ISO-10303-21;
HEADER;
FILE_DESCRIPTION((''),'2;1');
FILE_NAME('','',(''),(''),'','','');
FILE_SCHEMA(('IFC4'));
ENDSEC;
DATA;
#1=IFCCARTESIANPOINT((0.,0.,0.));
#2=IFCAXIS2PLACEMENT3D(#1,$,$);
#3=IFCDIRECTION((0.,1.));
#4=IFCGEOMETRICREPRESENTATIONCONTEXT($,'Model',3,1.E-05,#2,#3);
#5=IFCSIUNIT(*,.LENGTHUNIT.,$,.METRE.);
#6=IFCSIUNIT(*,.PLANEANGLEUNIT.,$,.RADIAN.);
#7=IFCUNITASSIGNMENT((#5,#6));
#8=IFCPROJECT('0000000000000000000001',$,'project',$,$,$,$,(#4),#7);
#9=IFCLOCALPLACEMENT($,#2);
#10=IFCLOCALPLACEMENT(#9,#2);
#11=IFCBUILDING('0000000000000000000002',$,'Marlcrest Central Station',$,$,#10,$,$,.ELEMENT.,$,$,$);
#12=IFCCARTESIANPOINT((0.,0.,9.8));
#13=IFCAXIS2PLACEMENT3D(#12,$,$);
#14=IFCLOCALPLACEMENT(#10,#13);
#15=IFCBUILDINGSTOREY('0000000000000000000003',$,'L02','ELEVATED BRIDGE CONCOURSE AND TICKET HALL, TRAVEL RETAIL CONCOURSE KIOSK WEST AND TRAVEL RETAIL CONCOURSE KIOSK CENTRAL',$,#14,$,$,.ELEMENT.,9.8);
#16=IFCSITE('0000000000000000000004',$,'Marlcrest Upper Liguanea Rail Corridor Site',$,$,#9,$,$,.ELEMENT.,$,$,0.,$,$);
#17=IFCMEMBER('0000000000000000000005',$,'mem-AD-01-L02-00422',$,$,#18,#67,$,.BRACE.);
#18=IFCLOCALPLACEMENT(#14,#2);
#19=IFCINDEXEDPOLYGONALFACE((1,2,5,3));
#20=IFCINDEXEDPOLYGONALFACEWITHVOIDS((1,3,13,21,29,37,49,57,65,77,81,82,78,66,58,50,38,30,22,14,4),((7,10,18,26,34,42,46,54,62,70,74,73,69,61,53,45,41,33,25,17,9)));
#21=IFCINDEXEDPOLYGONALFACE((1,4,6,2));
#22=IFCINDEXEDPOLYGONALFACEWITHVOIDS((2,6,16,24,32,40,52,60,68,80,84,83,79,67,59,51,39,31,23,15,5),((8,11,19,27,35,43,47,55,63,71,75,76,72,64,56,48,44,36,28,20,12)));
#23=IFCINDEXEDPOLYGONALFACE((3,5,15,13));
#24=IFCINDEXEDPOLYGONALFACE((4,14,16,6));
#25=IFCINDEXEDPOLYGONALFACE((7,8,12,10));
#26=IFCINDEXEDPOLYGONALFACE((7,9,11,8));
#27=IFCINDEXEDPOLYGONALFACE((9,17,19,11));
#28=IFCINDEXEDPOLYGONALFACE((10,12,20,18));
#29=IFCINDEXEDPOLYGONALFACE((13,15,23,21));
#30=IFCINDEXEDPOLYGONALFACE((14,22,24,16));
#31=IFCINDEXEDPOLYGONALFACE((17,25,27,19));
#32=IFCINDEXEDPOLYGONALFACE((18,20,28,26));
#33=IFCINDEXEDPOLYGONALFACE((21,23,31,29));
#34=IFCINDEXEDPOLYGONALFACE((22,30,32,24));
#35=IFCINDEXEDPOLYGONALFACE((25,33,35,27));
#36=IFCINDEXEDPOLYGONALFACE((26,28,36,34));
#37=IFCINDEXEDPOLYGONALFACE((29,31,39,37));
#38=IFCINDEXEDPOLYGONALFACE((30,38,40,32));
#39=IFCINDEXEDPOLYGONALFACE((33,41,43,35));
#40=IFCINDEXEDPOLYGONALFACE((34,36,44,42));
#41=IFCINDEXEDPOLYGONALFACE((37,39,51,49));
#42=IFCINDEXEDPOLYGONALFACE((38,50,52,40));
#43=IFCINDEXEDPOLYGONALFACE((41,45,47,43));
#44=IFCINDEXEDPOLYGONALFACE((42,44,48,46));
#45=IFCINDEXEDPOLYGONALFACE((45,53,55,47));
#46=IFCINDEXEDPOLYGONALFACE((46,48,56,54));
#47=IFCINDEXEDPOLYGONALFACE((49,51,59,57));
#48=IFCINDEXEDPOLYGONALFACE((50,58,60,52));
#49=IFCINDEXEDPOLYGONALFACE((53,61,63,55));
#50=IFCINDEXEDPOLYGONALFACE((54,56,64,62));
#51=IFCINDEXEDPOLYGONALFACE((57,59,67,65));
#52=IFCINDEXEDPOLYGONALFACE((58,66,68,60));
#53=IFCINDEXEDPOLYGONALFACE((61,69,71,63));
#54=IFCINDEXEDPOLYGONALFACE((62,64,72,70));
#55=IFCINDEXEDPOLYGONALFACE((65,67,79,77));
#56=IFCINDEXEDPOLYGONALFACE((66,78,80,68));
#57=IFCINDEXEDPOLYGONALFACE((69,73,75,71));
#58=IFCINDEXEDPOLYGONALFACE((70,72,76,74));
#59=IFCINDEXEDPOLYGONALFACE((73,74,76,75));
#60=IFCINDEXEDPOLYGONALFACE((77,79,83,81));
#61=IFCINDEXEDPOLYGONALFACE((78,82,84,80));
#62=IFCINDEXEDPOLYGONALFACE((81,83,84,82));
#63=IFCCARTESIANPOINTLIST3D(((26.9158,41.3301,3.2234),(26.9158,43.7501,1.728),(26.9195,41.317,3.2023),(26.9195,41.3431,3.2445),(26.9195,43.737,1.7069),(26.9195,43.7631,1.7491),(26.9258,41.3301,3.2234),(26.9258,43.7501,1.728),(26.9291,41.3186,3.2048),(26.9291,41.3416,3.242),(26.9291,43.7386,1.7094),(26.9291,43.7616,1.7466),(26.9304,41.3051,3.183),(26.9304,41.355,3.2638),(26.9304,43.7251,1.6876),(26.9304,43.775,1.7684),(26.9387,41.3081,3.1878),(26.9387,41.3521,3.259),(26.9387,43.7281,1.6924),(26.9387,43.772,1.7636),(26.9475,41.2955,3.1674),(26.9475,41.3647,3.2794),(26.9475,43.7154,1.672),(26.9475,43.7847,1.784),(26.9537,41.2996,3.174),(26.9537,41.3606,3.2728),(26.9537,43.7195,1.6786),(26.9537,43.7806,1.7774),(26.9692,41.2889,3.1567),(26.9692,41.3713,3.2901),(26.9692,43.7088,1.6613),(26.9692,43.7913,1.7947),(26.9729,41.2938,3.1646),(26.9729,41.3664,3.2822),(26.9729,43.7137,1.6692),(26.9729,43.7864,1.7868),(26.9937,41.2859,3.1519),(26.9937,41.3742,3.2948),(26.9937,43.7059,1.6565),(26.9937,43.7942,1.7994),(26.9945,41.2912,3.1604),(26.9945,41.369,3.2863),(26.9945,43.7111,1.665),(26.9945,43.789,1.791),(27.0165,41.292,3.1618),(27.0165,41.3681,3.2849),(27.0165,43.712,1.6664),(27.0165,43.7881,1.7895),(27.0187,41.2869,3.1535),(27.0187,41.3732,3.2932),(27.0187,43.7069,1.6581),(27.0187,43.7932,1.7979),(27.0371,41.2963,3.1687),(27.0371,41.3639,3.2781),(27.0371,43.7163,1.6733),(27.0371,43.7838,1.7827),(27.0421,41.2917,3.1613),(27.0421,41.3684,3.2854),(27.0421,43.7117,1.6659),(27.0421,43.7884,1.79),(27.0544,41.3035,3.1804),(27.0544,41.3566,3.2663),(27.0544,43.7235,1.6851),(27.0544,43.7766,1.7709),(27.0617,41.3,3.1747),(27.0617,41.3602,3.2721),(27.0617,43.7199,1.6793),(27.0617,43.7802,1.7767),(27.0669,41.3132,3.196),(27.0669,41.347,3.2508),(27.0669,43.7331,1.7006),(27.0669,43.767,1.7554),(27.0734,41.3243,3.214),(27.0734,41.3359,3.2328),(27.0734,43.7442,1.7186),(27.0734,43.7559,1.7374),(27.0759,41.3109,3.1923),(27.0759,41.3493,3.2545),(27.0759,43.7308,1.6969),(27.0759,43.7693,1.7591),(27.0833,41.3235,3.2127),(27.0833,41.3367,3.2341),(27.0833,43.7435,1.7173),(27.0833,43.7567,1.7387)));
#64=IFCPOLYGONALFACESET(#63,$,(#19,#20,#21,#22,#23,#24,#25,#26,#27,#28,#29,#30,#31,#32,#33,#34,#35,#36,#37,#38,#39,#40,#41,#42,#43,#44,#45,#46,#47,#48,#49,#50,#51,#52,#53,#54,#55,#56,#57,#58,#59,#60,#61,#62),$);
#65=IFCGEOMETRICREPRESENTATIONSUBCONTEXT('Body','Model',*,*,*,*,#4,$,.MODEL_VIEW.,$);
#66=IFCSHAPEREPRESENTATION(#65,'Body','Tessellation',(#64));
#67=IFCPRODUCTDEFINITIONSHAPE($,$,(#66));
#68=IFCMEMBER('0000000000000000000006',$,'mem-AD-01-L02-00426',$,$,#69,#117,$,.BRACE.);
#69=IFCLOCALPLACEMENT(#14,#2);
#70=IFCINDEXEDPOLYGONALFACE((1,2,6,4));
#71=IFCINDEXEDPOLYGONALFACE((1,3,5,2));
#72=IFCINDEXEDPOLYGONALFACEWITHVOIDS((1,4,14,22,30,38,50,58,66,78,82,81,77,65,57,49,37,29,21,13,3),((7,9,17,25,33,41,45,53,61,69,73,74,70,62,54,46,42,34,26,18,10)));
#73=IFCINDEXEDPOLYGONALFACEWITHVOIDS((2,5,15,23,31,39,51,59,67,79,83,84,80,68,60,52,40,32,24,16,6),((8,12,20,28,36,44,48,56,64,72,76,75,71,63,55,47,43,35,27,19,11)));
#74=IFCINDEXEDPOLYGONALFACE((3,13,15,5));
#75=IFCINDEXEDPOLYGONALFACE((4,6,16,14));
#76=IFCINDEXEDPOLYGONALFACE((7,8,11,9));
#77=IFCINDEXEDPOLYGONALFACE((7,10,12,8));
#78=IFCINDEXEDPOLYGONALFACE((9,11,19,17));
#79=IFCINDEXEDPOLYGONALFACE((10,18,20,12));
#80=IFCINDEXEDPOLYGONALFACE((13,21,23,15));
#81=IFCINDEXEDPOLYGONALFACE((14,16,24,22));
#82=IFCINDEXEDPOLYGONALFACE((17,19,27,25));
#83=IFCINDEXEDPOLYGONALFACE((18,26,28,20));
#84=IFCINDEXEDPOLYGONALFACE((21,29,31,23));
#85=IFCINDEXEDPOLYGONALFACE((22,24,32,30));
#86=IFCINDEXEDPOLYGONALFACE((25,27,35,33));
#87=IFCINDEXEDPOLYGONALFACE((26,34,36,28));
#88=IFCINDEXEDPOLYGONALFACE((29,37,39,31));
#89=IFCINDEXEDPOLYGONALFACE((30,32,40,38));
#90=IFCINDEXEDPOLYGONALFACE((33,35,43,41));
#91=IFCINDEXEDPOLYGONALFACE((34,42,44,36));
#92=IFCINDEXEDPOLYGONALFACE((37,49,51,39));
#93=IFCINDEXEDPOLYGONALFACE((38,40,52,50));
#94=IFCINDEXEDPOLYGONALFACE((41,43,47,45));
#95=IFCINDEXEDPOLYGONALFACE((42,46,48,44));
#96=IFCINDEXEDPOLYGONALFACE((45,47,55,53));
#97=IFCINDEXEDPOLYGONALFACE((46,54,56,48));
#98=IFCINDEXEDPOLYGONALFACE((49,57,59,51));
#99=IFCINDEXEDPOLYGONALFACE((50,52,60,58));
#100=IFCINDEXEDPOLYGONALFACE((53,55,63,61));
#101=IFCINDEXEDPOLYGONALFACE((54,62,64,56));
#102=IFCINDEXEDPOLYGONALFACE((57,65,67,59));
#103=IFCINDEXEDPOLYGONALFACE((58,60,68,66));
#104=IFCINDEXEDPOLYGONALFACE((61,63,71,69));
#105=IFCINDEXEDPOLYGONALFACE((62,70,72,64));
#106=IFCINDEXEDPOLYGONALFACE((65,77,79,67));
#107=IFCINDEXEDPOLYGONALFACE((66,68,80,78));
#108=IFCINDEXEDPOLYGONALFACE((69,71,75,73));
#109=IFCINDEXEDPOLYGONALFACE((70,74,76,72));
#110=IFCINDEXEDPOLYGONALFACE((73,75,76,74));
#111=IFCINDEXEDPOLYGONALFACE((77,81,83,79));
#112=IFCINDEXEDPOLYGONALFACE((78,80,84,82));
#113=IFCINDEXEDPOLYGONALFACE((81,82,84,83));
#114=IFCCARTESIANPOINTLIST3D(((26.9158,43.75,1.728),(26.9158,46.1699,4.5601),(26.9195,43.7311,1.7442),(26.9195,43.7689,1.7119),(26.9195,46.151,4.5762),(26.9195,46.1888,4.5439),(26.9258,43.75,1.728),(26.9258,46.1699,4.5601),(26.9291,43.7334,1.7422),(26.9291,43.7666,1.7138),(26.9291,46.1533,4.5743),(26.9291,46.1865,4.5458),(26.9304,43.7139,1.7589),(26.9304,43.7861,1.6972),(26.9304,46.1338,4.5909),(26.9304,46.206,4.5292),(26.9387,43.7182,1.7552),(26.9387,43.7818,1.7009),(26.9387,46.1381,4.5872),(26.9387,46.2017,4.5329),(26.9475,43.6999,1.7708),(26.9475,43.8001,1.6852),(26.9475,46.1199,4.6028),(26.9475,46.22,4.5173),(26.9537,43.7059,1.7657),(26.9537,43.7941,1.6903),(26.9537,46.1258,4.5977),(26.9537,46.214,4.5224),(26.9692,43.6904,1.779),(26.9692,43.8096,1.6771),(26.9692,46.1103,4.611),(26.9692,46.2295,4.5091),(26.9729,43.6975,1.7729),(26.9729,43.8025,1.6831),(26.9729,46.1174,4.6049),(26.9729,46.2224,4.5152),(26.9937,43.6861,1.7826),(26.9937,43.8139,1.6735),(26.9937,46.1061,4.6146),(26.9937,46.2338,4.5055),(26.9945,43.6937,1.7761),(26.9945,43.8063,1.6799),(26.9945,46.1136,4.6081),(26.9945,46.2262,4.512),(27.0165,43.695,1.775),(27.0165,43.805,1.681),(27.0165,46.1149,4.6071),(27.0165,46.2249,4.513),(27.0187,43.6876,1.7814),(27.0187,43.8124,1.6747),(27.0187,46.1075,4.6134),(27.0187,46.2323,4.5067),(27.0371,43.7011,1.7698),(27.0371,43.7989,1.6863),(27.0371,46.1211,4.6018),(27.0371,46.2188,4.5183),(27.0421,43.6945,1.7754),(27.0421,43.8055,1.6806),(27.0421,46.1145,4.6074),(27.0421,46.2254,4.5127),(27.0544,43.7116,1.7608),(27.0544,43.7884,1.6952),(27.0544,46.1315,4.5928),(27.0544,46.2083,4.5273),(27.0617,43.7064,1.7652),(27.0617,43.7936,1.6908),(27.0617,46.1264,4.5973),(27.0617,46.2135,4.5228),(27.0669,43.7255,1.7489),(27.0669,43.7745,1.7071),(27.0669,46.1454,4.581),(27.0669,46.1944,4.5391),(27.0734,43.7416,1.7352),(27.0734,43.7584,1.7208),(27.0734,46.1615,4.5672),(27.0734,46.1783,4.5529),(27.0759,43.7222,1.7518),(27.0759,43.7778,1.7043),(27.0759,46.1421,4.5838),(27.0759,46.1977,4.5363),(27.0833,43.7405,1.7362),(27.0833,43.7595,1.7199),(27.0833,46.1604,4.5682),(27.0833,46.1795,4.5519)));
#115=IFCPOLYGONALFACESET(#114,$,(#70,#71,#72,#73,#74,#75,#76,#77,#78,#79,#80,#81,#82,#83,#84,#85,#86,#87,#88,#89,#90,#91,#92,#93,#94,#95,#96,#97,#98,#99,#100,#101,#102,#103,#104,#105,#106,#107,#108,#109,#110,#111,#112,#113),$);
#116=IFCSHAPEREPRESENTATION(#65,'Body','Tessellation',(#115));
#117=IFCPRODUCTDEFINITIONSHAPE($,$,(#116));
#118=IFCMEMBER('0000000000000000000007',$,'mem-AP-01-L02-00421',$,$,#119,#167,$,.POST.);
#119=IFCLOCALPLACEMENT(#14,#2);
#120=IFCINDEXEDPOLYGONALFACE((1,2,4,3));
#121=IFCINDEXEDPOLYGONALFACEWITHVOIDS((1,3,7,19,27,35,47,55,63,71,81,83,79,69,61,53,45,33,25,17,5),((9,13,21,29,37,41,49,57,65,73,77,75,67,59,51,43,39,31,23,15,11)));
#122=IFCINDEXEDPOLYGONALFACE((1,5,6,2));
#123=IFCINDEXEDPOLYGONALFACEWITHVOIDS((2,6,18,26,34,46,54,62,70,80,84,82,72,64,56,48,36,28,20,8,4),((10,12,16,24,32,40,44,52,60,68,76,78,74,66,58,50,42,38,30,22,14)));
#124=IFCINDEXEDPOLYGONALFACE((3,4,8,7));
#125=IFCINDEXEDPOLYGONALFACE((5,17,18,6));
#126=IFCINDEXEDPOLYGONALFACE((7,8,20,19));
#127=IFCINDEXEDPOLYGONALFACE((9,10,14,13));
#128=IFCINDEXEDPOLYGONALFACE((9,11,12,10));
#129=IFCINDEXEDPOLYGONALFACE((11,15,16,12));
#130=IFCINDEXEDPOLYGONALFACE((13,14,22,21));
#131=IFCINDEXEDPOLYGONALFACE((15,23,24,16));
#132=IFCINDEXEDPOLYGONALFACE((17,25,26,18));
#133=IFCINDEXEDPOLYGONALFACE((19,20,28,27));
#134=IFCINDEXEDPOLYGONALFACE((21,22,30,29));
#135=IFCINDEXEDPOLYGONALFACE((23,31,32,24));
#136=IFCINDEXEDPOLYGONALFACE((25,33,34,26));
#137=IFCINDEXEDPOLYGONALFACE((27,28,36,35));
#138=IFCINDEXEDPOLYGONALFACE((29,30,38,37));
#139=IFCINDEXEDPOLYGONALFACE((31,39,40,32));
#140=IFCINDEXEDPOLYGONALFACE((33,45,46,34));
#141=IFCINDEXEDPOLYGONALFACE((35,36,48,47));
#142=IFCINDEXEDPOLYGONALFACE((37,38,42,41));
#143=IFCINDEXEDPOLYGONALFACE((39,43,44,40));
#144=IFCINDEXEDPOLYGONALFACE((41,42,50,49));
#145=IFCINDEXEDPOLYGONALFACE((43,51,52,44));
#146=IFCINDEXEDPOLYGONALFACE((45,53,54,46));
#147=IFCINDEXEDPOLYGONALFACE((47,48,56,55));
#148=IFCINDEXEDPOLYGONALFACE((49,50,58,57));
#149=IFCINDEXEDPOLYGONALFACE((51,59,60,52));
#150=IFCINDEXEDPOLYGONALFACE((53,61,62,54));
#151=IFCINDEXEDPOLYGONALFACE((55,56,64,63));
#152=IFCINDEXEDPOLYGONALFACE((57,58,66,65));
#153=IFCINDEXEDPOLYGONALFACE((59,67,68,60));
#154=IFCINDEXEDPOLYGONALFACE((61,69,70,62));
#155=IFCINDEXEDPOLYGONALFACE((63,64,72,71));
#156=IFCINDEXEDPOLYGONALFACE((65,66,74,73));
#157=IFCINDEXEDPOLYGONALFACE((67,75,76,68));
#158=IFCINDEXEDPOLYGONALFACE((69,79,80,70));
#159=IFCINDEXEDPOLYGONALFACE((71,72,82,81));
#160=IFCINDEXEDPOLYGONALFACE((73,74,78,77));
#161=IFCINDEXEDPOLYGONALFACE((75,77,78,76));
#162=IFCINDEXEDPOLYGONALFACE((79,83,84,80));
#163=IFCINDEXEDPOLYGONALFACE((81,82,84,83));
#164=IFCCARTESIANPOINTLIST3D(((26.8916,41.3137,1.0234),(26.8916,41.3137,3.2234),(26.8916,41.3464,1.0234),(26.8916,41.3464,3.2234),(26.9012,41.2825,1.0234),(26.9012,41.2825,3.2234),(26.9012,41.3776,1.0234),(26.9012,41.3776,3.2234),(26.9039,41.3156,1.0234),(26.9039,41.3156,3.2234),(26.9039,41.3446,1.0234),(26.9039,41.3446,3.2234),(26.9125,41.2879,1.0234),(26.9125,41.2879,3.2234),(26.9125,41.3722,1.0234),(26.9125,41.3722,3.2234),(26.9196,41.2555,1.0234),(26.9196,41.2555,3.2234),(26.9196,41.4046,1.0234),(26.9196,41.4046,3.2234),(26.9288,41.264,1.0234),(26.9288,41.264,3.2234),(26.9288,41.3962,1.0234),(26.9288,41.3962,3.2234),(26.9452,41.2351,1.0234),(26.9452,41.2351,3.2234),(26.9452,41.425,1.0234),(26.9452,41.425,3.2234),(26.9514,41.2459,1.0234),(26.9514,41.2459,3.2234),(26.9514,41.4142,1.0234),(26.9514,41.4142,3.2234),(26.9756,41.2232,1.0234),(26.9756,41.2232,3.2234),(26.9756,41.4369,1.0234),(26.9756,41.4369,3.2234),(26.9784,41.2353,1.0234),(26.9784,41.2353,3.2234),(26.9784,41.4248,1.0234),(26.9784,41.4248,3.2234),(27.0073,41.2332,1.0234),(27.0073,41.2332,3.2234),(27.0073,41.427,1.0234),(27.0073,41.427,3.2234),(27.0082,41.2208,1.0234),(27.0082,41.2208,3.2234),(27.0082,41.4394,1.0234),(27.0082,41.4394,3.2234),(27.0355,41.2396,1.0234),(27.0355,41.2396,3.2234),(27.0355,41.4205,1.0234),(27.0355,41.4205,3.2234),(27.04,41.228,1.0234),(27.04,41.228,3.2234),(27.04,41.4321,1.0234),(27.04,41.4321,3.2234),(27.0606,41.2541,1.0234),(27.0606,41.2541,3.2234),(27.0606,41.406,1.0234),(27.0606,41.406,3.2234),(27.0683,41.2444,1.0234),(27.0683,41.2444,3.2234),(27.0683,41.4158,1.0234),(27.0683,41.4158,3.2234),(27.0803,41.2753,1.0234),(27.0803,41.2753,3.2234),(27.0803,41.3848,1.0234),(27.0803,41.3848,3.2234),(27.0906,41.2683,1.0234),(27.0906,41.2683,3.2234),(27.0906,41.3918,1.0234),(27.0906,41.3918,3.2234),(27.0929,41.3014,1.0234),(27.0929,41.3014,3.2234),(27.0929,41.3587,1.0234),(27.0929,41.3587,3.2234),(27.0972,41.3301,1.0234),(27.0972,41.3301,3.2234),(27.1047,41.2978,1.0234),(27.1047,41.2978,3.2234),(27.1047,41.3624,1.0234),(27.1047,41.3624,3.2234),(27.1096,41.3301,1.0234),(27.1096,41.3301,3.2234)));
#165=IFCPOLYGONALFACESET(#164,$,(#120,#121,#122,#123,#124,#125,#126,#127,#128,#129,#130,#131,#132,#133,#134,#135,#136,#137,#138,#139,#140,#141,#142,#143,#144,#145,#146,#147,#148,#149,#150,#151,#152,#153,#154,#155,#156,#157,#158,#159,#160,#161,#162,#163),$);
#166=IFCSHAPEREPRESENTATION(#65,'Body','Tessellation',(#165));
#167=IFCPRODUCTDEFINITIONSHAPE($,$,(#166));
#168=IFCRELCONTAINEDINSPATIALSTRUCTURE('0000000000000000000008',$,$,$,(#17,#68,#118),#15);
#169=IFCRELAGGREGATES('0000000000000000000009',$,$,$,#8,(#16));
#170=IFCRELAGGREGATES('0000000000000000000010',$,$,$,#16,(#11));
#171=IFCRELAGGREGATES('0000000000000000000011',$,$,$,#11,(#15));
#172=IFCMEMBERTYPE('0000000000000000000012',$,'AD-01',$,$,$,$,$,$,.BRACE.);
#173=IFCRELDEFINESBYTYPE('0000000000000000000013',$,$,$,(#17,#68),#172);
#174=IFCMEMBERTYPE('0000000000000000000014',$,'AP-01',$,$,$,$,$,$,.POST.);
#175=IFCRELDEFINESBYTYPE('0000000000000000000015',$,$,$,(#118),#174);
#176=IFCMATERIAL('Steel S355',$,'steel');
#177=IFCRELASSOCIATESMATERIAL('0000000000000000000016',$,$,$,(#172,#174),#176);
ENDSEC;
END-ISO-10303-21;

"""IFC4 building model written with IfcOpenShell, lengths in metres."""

from ifc_helpers import new_model, si_unit, direction, frame, origin, origin_2d, place, context, subcontext, project, spatial, hollow_circle, extrude, material, material_profile, profile_set, type_object, element, save


model = new_model("IFC4")

# Units and contexts
model_context = context("Model", 3, precision=1e-05, world=origin(), true_north=direction((0.0, 1.0)))
body_context = subcontext(model_context, "Body", "Model", "MODEL_VIEW")
ifc_project = project(units=[si_unit("LENGTHUNIT", "METRE"), si_unit("PLANEANGLEUNIT", "RADIAN")], contexts=[model_context])

# Site, building, storey
site_placement = place(None, origin())
site = spatial("IfcSite", under=ifc_project, at=site_placement, Name="Marlcrest Upper Liguanea Rail Corridor Site", CompositionType="ELEMENT", RefElevation=0.0)
building_placement = place(site_placement, origin())
building = spatial("IfcBuilding", under=site, at=building_placement, Name="Marlcrest Central Station", CompositionType="ELEMENT")
storey_placement = place(building_placement, frame((0.0, 0.0, 9.8)))
storey = spatial("IfcBuildingStorey", under=building, at=storey_placement, Name="L02", Description="ELEVATED BRIDGE CONCOURSE AND TICKET HALL, TRAVEL RETAIL CONCOURSE KIOSK WEST AND TRAVEL RETAIL CONCOURSE KIOSK CENTRAL", CompositionType="ELEMENT", Elevation=9.8)

# Members
ifc_material_1 = material(Name="Steel S355", Category="steel")
ifc_material_profile_1 = material_profile(ifc_material_1, hollow_circle(Radius=0.0842, WallThickness=0.01, at=origin_2d()), Name="CHS 168.3x10")
ifc_profile_set_1 = profile_set([ifc_material_profile_1], Name="Steel S355")
member_type_1 = type_object("IfcMemberType", Name="AD-01", PredefinedType="BRACE", material=ifc_profile_set_1)
member_1_placement = place(storey_placement, frame((27.0, 41.3301, 3.2234), z_axis=(0.0, 0.850687, -0.525672), x_axis=(-1.0, 0.0, 0.0)))
element("IfcMember", 1, at=member_1_placement, inside=storey, type_object=member_type_1, Name="mem-AD-01-L02-00422", PredefinedType="BRACE", context=body_context, shape_type="SweptSolid", body=[
    extrude(hollow_circle(Radius=0.0842, WallThickness=0.01, at=origin_2d()), origin(), (0.0, 0.0, 1.0), 2.8447),
])
member_2_placement = place(storey_placement, frame((27.0, 43.75, 1.728), z_axis=(0.0, 0.649625, 0.760255), x_axis=(-1.0, 0.0, 0.0)))
element("IfcMember", 2, at=member_2_placement, inside=storey, type_object=member_type_1, Name="mem-AD-01-L02-00426", PredefinedType="BRACE", context=body_context, shape_type="SweptSolid", body=[
    extrude(hollow_circle(Radius=0.0842, WallThickness=0.01, at=origin_2d()), origin(), (0.0, 0.0, 1.0), 3.7251),
])
ifc_material_profile_2 = material_profile(ifc_material_1, hollow_circle(Radius=0.1096, WallThickness=0.0125, at=origin_2d()), Name="CHS 219.1x12.5")
ifc_profile_set_2 = profile_set([ifc_material_profile_2], Name="Steel S355")
member_type_2 = type_object("IfcMemberType", Name="AP-01", PredefinedType="POST", material=ifc_profile_set_2)
for number, where, z_axis, x_axis, name in (
    (3, (27.0, 41.3301, 1.0234), (0.0, 0.0, 1.0), (1.0, 0.0, 0.0), "mem-AP-01-L02-00421"),
):
    element("IfcMember", number, at=place(storey_placement, frame(where, z_axis=z_axis, x_axis=x_axis)), inside=storey, type_object=member_type_2, Name=name, PredefinedType="POST", context=body_context, shape_type="SweptSolid", body=[
        extrude(hollow_circle(Radius=0.1096, WallThickness=0.0125, at=origin_2d()), origin(), (0.0, 0.0, 1.0), 2.2),
    ])

save(model, "model.ifc")
